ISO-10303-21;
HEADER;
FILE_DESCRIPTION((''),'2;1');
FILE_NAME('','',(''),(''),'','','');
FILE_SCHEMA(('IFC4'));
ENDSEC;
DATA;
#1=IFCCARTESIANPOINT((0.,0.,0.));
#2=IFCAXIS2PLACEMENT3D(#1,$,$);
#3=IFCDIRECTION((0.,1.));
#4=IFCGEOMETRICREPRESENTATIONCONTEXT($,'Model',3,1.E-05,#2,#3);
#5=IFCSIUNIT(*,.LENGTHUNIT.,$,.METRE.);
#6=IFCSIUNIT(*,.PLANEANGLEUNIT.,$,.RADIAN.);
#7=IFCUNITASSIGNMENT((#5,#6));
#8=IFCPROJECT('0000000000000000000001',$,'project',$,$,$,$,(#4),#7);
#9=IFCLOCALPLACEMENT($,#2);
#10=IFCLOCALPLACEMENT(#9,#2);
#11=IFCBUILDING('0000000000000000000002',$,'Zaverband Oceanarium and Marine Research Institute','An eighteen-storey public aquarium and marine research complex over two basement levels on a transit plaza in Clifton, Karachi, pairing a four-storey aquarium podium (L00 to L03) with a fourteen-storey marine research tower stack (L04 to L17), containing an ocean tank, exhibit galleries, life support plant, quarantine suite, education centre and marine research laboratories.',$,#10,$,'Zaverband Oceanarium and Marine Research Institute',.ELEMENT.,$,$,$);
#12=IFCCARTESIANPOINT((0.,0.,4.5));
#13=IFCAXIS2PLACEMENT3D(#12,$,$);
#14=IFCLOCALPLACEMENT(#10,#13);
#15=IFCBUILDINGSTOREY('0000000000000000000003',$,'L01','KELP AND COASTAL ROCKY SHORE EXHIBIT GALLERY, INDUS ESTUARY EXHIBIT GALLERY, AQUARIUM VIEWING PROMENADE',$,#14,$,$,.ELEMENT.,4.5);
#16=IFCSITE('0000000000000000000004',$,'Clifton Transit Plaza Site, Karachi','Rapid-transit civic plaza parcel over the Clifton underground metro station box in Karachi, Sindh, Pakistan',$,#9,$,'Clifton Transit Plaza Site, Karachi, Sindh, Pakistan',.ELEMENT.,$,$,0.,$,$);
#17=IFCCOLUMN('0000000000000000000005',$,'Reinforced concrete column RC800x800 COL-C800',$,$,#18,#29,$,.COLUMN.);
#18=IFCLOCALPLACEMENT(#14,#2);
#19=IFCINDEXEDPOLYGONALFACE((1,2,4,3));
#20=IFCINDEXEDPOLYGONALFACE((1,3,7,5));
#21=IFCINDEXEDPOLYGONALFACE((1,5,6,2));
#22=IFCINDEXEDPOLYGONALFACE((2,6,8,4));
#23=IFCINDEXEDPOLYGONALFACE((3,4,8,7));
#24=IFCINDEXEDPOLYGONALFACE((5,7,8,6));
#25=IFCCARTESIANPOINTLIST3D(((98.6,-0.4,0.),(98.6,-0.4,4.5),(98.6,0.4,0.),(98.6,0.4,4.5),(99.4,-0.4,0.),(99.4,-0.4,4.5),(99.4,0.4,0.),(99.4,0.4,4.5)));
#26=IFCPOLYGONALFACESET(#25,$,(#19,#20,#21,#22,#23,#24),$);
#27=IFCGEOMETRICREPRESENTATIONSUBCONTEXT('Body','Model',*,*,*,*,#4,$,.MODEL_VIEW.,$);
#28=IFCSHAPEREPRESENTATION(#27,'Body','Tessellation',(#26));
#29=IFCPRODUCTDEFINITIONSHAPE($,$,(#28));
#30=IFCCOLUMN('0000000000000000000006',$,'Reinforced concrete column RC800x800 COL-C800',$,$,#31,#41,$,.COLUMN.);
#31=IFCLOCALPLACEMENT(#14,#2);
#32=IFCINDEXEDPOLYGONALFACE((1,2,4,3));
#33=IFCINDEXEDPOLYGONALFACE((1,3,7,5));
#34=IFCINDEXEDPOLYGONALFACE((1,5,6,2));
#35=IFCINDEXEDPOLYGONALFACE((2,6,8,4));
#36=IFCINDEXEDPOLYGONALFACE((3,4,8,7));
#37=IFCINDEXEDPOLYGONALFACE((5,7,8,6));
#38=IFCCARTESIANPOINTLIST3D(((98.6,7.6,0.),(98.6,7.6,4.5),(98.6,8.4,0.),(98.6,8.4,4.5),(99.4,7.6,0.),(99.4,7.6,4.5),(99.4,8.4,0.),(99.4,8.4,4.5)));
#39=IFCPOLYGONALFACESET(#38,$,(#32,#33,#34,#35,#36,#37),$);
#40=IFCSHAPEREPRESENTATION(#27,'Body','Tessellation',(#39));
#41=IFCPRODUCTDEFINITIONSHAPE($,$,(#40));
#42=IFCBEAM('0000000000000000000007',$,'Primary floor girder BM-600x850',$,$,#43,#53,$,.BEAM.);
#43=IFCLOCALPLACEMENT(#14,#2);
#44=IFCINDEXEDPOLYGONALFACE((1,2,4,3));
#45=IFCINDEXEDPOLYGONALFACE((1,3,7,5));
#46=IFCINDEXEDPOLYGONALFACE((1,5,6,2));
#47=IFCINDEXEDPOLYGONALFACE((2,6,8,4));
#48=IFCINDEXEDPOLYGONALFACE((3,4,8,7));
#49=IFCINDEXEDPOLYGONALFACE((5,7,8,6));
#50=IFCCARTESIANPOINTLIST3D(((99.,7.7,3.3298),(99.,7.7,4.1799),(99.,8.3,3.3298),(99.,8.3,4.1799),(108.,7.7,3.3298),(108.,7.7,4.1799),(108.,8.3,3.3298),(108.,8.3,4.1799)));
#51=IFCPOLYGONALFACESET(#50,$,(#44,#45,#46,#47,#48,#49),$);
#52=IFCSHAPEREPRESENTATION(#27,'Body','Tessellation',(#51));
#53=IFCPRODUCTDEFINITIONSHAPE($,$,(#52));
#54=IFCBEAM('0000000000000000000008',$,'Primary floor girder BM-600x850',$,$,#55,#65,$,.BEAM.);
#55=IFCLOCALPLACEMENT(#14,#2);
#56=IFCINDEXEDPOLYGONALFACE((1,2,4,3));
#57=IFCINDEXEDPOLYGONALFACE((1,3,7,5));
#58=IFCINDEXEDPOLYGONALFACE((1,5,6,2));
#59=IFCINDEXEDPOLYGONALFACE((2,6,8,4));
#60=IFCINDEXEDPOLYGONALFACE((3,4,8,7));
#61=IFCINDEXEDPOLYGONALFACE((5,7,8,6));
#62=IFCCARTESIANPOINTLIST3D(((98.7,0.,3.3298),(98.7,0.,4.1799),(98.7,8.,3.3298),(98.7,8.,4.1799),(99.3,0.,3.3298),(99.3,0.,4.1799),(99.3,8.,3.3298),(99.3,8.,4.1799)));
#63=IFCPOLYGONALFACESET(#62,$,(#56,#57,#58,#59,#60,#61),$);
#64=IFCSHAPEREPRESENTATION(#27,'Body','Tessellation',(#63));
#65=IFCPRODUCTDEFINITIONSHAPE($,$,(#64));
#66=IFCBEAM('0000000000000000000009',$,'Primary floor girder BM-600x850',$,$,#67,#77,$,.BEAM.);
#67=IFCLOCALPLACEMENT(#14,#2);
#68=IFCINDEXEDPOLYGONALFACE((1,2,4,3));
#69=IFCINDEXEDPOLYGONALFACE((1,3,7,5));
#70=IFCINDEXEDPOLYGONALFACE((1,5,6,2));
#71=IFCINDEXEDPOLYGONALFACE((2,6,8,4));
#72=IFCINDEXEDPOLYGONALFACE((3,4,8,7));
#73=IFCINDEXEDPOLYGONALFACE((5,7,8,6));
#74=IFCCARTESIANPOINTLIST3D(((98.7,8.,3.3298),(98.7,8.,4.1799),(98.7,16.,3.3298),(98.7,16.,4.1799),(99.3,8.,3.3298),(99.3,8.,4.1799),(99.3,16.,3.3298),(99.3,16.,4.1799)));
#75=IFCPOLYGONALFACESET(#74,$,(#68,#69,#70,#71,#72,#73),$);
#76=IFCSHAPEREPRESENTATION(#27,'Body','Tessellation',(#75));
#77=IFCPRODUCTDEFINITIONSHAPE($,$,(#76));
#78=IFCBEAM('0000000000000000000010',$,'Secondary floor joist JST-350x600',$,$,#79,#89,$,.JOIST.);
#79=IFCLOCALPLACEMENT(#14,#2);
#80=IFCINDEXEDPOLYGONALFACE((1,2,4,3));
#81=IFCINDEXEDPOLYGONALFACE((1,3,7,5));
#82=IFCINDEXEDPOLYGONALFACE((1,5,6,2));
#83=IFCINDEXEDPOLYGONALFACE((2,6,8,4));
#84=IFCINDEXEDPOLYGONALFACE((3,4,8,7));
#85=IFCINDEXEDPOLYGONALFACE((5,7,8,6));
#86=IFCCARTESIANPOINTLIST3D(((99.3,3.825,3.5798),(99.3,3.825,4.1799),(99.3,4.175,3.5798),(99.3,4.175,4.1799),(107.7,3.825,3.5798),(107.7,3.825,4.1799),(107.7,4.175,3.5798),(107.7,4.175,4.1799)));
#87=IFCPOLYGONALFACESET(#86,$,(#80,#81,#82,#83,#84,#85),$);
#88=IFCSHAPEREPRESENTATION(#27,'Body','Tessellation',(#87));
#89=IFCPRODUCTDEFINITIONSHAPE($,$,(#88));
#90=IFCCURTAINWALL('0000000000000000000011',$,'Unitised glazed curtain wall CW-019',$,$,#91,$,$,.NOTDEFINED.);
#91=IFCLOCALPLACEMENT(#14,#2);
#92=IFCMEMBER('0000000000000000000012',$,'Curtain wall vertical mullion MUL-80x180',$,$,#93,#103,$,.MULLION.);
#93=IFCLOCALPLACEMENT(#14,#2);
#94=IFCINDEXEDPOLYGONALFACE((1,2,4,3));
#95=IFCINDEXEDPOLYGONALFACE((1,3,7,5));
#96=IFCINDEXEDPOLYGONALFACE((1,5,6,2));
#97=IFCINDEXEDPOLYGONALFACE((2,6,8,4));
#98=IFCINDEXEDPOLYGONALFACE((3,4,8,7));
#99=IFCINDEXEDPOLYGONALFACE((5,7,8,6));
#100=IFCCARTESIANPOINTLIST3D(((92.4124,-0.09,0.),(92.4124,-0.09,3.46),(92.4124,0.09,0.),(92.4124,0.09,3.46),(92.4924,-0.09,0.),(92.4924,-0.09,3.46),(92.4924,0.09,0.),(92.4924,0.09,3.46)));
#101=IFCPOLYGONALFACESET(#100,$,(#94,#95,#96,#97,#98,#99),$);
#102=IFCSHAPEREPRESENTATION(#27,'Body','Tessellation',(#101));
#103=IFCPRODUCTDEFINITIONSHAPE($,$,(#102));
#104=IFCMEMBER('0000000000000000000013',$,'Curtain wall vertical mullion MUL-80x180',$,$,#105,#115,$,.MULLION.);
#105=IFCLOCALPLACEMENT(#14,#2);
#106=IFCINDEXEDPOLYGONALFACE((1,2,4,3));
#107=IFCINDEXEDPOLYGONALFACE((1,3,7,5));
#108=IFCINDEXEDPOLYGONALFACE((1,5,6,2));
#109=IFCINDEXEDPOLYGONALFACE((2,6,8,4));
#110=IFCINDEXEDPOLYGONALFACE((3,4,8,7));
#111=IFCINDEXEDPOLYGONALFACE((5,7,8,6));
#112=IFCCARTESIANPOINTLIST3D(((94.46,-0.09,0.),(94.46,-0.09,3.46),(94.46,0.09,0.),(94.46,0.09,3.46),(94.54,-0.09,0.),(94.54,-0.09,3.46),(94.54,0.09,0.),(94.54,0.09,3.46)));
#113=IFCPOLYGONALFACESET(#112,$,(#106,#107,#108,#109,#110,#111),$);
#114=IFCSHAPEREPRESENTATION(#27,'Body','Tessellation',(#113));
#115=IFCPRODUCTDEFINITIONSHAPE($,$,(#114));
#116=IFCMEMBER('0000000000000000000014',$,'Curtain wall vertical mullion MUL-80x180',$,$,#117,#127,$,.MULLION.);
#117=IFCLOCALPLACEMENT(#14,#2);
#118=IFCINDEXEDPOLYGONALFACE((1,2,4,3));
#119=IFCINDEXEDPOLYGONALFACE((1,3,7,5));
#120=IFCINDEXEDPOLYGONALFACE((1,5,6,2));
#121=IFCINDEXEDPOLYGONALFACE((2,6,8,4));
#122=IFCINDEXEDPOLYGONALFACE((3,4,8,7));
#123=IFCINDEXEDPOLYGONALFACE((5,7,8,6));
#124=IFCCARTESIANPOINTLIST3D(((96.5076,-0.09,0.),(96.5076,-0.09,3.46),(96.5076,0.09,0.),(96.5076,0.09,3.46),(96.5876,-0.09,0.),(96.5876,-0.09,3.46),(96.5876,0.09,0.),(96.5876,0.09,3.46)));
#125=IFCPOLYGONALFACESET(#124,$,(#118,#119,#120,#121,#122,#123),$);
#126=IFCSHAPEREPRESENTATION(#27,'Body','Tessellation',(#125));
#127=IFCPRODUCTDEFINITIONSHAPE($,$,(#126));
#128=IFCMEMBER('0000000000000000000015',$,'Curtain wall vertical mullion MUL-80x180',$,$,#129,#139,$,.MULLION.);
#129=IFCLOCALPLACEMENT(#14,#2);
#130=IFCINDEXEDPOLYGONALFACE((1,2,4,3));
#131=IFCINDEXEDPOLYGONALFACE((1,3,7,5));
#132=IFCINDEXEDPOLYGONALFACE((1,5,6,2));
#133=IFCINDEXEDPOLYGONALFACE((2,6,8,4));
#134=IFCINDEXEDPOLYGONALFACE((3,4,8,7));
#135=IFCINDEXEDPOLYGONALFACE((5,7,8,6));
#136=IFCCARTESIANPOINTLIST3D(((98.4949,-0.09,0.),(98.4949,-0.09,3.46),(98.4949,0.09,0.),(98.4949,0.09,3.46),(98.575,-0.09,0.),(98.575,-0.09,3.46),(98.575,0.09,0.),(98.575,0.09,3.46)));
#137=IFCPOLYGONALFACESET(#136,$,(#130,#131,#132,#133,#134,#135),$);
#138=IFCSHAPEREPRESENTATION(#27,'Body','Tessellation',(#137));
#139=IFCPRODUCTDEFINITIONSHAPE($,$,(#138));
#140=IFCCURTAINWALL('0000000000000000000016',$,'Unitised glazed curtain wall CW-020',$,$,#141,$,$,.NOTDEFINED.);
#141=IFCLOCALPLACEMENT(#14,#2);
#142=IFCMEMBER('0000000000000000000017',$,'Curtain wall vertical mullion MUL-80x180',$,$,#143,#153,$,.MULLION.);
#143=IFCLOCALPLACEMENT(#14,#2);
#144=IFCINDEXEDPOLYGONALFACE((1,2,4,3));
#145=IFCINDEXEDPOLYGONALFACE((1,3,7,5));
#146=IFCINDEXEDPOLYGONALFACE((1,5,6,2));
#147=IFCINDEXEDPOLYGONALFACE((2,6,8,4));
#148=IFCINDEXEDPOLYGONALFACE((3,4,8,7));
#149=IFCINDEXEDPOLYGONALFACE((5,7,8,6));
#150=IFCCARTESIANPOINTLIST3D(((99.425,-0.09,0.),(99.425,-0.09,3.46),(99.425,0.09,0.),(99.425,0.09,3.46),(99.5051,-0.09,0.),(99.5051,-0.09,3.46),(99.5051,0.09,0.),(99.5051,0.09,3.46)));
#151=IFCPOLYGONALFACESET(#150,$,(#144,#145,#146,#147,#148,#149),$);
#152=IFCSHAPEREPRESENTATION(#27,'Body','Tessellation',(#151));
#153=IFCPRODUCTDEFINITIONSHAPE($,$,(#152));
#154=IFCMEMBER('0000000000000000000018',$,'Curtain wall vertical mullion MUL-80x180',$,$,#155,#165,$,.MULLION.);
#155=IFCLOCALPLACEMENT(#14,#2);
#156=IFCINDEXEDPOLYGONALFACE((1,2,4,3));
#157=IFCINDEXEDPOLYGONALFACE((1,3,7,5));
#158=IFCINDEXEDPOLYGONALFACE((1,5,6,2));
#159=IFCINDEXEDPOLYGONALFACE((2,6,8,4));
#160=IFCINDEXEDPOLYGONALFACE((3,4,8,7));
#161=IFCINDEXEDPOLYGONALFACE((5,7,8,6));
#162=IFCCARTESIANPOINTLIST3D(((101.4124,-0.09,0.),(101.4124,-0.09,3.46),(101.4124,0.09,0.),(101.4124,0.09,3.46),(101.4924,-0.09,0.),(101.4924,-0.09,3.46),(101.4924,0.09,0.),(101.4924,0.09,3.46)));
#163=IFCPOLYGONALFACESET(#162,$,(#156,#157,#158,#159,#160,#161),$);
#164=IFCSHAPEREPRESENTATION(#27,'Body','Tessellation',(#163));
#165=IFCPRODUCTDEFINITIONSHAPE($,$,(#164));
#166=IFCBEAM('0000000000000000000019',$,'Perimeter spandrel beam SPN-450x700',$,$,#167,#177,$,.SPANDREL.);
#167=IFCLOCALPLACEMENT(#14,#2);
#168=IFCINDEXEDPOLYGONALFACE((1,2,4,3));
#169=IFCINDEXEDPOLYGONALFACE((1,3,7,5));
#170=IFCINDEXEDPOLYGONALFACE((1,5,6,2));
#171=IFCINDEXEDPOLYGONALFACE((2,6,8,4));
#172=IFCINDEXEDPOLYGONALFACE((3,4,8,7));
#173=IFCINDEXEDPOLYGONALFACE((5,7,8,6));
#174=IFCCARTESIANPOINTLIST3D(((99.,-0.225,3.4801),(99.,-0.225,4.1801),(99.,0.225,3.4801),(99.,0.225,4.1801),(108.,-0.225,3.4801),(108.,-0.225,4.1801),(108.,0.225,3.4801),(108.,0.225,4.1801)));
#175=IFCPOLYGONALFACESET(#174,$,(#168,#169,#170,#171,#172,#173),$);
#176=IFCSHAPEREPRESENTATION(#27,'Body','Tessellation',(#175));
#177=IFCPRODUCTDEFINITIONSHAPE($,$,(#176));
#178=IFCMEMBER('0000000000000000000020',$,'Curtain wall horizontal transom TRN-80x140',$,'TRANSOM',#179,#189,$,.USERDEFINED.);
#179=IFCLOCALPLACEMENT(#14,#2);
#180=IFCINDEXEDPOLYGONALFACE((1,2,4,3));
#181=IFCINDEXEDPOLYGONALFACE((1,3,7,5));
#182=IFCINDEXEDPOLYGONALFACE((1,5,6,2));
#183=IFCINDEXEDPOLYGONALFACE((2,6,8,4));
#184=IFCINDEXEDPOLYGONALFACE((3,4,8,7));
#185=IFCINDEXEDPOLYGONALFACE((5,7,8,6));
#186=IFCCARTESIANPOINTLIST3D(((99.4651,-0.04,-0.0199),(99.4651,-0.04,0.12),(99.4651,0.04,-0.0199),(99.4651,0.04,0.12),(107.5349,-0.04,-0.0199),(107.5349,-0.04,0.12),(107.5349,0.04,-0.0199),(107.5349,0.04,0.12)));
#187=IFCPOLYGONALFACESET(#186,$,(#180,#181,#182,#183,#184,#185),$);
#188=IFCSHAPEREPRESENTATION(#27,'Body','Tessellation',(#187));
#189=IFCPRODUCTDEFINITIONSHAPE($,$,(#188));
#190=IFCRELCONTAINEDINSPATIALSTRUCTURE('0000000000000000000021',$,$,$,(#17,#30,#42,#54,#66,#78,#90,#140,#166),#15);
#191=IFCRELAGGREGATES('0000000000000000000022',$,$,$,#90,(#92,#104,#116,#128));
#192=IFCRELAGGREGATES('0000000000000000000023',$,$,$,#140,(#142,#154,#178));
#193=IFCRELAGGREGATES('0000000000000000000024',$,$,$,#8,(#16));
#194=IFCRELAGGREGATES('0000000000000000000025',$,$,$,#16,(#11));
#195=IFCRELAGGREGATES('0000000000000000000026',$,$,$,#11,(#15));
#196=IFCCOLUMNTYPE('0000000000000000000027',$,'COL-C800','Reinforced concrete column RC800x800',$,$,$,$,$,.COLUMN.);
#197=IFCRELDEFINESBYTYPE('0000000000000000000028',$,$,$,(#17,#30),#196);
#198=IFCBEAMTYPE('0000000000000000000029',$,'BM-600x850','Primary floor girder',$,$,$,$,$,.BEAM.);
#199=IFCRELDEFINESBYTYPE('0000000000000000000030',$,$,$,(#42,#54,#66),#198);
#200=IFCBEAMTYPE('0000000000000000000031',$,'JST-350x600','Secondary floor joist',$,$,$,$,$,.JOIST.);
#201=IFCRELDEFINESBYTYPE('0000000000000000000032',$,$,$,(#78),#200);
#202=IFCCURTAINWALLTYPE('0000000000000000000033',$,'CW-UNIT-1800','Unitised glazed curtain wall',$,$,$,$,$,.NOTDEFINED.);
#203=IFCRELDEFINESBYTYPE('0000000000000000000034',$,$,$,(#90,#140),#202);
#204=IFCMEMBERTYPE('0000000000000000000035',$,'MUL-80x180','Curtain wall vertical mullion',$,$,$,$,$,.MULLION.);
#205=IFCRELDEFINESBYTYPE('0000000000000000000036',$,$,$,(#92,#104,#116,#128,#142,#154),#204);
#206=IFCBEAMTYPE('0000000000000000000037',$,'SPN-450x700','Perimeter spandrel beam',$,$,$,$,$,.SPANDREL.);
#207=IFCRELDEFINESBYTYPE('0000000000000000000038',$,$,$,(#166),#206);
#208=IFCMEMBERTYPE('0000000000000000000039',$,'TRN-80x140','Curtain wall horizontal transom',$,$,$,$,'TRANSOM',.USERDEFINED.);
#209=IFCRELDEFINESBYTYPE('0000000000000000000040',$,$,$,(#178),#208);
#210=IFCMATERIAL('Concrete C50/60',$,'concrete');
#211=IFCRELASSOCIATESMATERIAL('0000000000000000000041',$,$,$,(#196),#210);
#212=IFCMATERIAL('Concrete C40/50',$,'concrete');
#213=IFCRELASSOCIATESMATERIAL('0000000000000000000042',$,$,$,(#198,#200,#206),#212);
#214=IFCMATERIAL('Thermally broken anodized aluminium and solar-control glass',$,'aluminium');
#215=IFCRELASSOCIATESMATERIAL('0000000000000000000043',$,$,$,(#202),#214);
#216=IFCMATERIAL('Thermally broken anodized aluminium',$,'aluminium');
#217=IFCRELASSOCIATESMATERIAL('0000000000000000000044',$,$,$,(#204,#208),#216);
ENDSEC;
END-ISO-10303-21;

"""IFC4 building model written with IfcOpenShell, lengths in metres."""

from ifc_helpers import new_model, si_unit, direction, frame, origin, origin_2d, place, context, subcontext, project, spatial, rectangle, extrude, material, material_profile, profile_set, type_object, element, aggregate, save


model = new_model("IFC4")

# Units and contexts
model_context = context("Model", 3, precision=1e-05, world=origin(), true_north=direction((0.0, 1.0)))
body_context = subcontext(model_context, "Body", "Model", "MODEL_VIEW")
ifc_project = project(units=[si_unit("LENGTHUNIT", "METRE"), si_unit("PLANEANGLEUNIT", "RADIAN")], contexts=[model_context])

# Site, building, storey
site_placement = place(None, origin())
site = spatial("IfcSite", under=ifc_project, at=site_placement, Name="Clifton Transit Plaza Site, Karachi", Description="Rapid-transit civic plaza parcel over the Clifton underground metro station box in Karachi, Sindh, Pakistan", LongName="Clifton Transit Plaza Site, Karachi, Sindh, Pakistan", CompositionType="ELEMENT", RefElevation=0.0)
building_placement = place(site_placement, origin())
building = spatial("IfcBuilding", under=site, at=building_placement, Name="Zaverband Oceanarium and Marine Research Institute", Description="An eighteen-storey public aquarium and marine research complex over two basement levels on a transit plaza in Clifton, Karachi, pairing a four-storey aquarium podium (L00 to L03) with a fourteen-storey marine research tower stack (L04 to L17), containing an ocean tank, exhibit galleries, life support plant, quarantine suite, education centre and marine research laboratories.", LongName="Zaverband Oceanarium and Marine Research Institute", CompositionType="ELEMENT")
storey_placement = place(building_placement, frame((0.0, 0.0, 4.5)))
storey = spatial("IfcBuildingStorey", under=building, at=storey_placement, Name="L01", Description="KELP AND COASTAL ROCKY SHORE EXHIBIT GALLERY, INDUS ESTUARY EXHIBIT GALLERY, AQUARIUM VIEWING PROMENADE", CompositionType="ELEMENT", Elevation=4.5)

# Columns
ifc_material_1 = material(Name="Concrete C50/60", Category="concrete")
ifc_material_profile_1 = material_profile(ifc_material_1, rectangle(XDim=0.8, YDim=0.8, at=origin_2d()), Name="RC800x800")
ifc_profile_set_1 = profile_set([ifc_material_profile_1], Name="Concrete C50/60")
column_type = type_object("IfcColumnType", Name="COL-C800", Description="Reinforced concrete column RC800x800", PredefinedType="COLUMN", material=ifc_profile_set_1)
for number, where, z_axis, x_axis, name in (
    (1, (99.0, 0.0, 0.0), (0.0, 0.0, 1.0), (1.0, 0.0, 0.0), "Reinforced concrete column RC800x800 COL-C800"),
    (2, (99.0, 8.0, 0.0), (0.0, 0.0, 1.0), (1.0, 0.0, 0.0), "Reinforced concrete column RC800x800 COL-C800"),
):
    element("IfcColumn", number, at=place(storey_placement, frame(where, z_axis=z_axis, x_axis=x_axis)), inside=storey, type_object=column_type, Name=name, PredefinedType="COLUMN", context=body_context, shape_type="SweptSolid", body=[
        extrude(rectangle(XDim=0.8, YDim=0.8, at=origin_2d()), origin(), (0.0, 0.0, 1.0), 4.5),
    ])

# Beams
ifc_material_2 = material(Name="Concrete C40/50", Category="concrete")
ifc_material_profile_2 = material_profile(ifc_material_2, rectangle(XDim=0.6001, YDim=0.8501, at=origin_2d()), Name="RC600x850")
ifc_profile_set_2 = profile_set([ifc_material_profile_2], Name="Concrete C40/50")
beam_type_1 = type_object("IfcBeamType", Name="BM-600x850", Description="Primary floor girder", PredefinedType="BEAM", material=ifc_profile_set_2)
beam_1_placement = place(storey_placement, frame((99.0, 8.0, 3.7549), z_axis=(1.0, 0.0, 0.0), x_axis=(0.0, 1.0, 0.0)))
element("IfcBeam", 3, at=beam_1_placement, inside=storey, type_object=beam_type_1, Name="Primary floor girder BM-600x850", PredefinedType="BEAM", context=body_context, shape_type="SweptSolid", body=[
    extrude(rectangle(XDim=0.6001, YDim=0.8501, at=origin_2d()), origin(), (0.0, 0.0, 1.0), 9.0),
])
for number, where, z_axis, x_axis, name in (
    (4, (99.0, 0.0, 3.7549), (0.0, 1.0, 0.0), (-1.0, 0.0, 0.0), "Primary floor girder BM-600x850"),
    (5, (99.0, 8.0, 3.7549), (0.0, 1.0, 0.0), (-1.0, 0.0, 0.0), "Primary floor girder BM-600x850"),
):
    element("IfcBeam", number, at=place(storey_placement, frame(where, z_axis=z_axis, x_axis=x_axis)), inside=storey, type_object=beam_type_1, Name=name, PredefinedType="BEAM", context=body_context, shape_type="SweptSolid", body=[
        extrude(rectangle(XDim=0.6001, YDim=0.8501, at=origin_2d()), origin(), (0.0, 0.0, 1.0), 8.0),
    ])
ifc_material_profile_3 = material_profile(ifc_material_2, rectangle(XDim=0.3501, YDim=0.6001, at=origin_2d()), Name="RC350x600")
ifc_profile_set_3 = profile_set([ifc_material_profile_3], Name="Concrete C40/50")
beam_type_2 = type_object("IfcBeamType", Name="JST-350x600", Description="Secondary floor joist", PredefinedType="JOIST", material=ifc_profile_set_3)
beam_2_placement = place(storey_placement, frame((99.3, 4.0, 3.8799), z_axis=(1.0, 0.0, 0.0), x_axis=(0.0, 1.0, 0.0)))
element("IfcBeam", 6, at=beam_2_placement, inside=storey, type_object=beam_type_2, Name="Secondary floor joist JST-350x600", PredefinedType="JOIST", context=body_context, shape_type="SweptSolid", body=[
    extrude(rectangle(XDim=0.3501, YDim=0.6001, at=origin_2d()), origin(), (0.0, 0.0, 1.0), 8.3999),
])

# Curtain walls, members
ifc_material_3 = material(Name="Thermally broken anodized aluminium and solar-control glass", Category="aluminium")
curtain_wall_type = type_object("IfcCurtainWallType", Name="CW-UNIT-1800", Description="Unitised glazed curtain wall", PredefinedType="NOTDEFINED", material=ifc_material_3)
curtain_wall_1_placement = place(storey_placement, origin())
curtain_wall_1 = element("IfcCurtainWall", 7, at=curtain_wall_1_placement, inside=storey, type_object=curtain_wall_type, Name="Unitised glazed curtain wall CW-019", PredefinedType="NOTDEFINED")
ifc_material_4 = material(Name="Thermally broken anodized aluminium", Category="aluminium")
ifc_material_profile_4 = material_profile(ifc_material_4, rectangle(XDim=0.0801, YDim=0.1799, at=origin_2d()), Name="AL-MUL-80x180")
ifc_profile_set_4 = profile_set([ifc_material_profile_4], Name="Thermally broken anodized aluminium")
member_type_1 = type_object("IfcMemberType", Name="MUL-80x180", Description="Curtain wall vertical mullion", PredefinedType="MULLION", material=ifc_profile_set_4)
member_1_placement = place(storey_placement, frame((92.4524, 0.0, 0.0), z_axis=(0.0, 0.0, 1.0), x_axis=(1.0, 0.0, 0.0)))
member_1 = element("IfcMember", 8, at=member_1_placement, type_object=member_type_1, Name="Curtain wall vertical mullion MUL-80x180", PredefinedType="MULLION", context=body_context, shape_type="SweptSolid", body=[
    extrude(rectangle(XDim=0.0801, YDim=0.1799, at=origin_2d()), origin(), (0.0, 0.0, 1.0), 3.46),
])
member_2_placement = place(storey_placement, frame((94.5, 0.0, 0.0), z_axis=(0.0, 0.0, 1.0), x_axis=(1.0, 0.0, 0.0)))
member_2 = element("IfcMember", 9, at=member_2_placement, type_object=member_type_1, Name="Curtain wall vertical mullion MUL-80x180", PredefinedType="MULLION", context=body_context, shape_type="SweptSolid", body=[
    extrude(rectangle(XDim=0.0801, YDim=0.1799, at=origin_2d()), origin(), (0.0, 0.0, 1.0), 3.46),
])
member_3_placement = place(storey_placement, frame((96.5476, 0.0, 0.0), z_axis=(0.0, 0.0, 1.0), x_axis=(1.0, 0.0, 0.0)))
member_3 = element("IfcMember", 10, at=member_3_placement, type_object=member_type_1, Name="Curtain wall vertical mullion MUL-80x180", PredefinedType="MULLION", context=body_context, shape_type="SweptSolid", body=[
    extrude(rectangle(XDim=0.0801, YDim=0.1799, at=origin_2d()), origin(), (0.0, 0.0, 1.0), 3.46),
])
member_4_placement = place(storey_placement, frame((98.5349, 0.0, 0.0), z_axis=(0.0, 0.0, 1.0), x_axis=(1.0, 0.0, 0.0)))
member_4 = element("IfcMember", 11, at=member_4_placement, type_object=member_type_1, Name="Curtain wall vertical mullion MUL-80x180", PredefinedType="MULLION", context=body_context, shape_type="SweptSolid", body=[
    extrude(rectangle(XDim=0.0801, YDim=0.1799, at=origin_2d()), origin(), (0.0, 0.0, 1.0), 3.46),
])
curtain_wall_2_placement = place(storey_placement, origin())
curtain_wall_2 = element("IfcCurtainWall", 12, at=curtain_wall_2_placement, inside=storey, type_object=curtain_wall_type, Name="Unitised glazed curtain wall CW-020", PredefinedType="NOTDEFINED")
member_5_placement = place(storey_placement, frame((99.4651, 0.0, 0.0), z_axis=(0.0, 0.0, 1.0), x_axis=(1.0, 0.0, 0.0)))
member_5 = element("IfcMember", 13, at=member_5_placement, type_object=member_type_1, Name="Curtain wall vertical mullion MUL-80x180", PredefinedType="MULLION", context=body_context, shape_type="SweptSolid", body=[
    extrude(rectangle(XDim=0.0801, YDim=0.1799, at=origin_2d()), origin(), (0.0, 0.0, 1.0), 3.46),
])
member_6_placement = place(storey_placement, frame((101.4524, 0.0, 0.0), z_axis=(0.0, 0.0, 1.0), x_axis=(1.0, 0.0, 0.0)))
member_6 = element("IfcMember", 14, at=member_6_placement, type_object=member_type_1, Name="Curtain wall vertical mullion MUL-80x180", PredefinedType="MULLION", context=body_context, shape_type="SweptSolid", body=[
    extrude(rectangle(XDim=0.0801, YDim=0.1799, at=origin_2d()), origin(), (0.0, 0.0, 1.0), 3.46),
])

# Beam
ifc_material_profile_5 = material_profile(ifc_material_2, rectangle(XDim=0.45, YDim=0.7, at=origin_2d()), Name="RC450x700")
ifc_profile_set_5 = profile_set([ifc_material_profile_5], Name="Concrete C40/50")
beam_type_3 = type_object("IfcBeamType", Name="SPN-450x700", Description="Perimeter spandrel beam", PredefinedType="SPANDREL", material=ifc_profile_set_5)
beam_3_placement = place(storey_placement, frame((99.0, 0.0, 3.8301), z_axis=(1.0, 0.0, 0.0), x_axis=(0.0, 1.0, 0.0)))
element("IfcBeam", 15, at=beam_3_placement, inside=storey, type_object=beam_type_3, Name="Perimeter spandrel beam SPN-450x700", PredefinedType="SPANDREL", context=body_context, shape_type="SweptSolid", body=[
    extrude(rectangle(XDim=0.45, YDim=0.7, at=origin_2d()), origin(), (0.0, 0.0, 1.0), 9.0),
])

# Member
ifc_material_profile_6 = material_profile(ifc_material_4, rectangle(XDim=0.0801, YDim=0.1399, at=origin_2d()), Name="AL-TRN-80x140")
ifc_profile_set_6 = profile_set([ifc_material_profile_6], Name="Thermally broken anodized aluminium")
member_type_2 = type_object("IfcMemberType", Name="TRN-80x140", Description="Curtain wall horizontal transom", ElementType="TRANSOM", PredefinedType="USERDEFINED", material=ifc_profile_set_6)
member_7_placement = place(storey_placement, frame((99.4651, 0.0, 0.05), z_axis=(1.0, 0.0, 0.0), x_axis=(0.0, 1.0, 0.0)))
member_7 = element("IfcMember", 16, at=member_7_placement, type_object=member_type_2, Name="Curtain wall horizontal transom TRN-80x140", ObjectType="TRANSOM", PredefinedType="USERDEFINED", context=body_context, shape_type="SweptSolid", body=[
    extrude(rectangle(XDim=0.0801, YDim=0.1399, at=origin_2d()), origin(), (0.0, 0.0, 1.0), 8.0698),
])

aggregate(curtain_wall_1, [member_1, member_2, member_3, member_4])
aggregate(curtain_wall_2, [member_5, member_6, member_7])

save(model, "model.ifc")
